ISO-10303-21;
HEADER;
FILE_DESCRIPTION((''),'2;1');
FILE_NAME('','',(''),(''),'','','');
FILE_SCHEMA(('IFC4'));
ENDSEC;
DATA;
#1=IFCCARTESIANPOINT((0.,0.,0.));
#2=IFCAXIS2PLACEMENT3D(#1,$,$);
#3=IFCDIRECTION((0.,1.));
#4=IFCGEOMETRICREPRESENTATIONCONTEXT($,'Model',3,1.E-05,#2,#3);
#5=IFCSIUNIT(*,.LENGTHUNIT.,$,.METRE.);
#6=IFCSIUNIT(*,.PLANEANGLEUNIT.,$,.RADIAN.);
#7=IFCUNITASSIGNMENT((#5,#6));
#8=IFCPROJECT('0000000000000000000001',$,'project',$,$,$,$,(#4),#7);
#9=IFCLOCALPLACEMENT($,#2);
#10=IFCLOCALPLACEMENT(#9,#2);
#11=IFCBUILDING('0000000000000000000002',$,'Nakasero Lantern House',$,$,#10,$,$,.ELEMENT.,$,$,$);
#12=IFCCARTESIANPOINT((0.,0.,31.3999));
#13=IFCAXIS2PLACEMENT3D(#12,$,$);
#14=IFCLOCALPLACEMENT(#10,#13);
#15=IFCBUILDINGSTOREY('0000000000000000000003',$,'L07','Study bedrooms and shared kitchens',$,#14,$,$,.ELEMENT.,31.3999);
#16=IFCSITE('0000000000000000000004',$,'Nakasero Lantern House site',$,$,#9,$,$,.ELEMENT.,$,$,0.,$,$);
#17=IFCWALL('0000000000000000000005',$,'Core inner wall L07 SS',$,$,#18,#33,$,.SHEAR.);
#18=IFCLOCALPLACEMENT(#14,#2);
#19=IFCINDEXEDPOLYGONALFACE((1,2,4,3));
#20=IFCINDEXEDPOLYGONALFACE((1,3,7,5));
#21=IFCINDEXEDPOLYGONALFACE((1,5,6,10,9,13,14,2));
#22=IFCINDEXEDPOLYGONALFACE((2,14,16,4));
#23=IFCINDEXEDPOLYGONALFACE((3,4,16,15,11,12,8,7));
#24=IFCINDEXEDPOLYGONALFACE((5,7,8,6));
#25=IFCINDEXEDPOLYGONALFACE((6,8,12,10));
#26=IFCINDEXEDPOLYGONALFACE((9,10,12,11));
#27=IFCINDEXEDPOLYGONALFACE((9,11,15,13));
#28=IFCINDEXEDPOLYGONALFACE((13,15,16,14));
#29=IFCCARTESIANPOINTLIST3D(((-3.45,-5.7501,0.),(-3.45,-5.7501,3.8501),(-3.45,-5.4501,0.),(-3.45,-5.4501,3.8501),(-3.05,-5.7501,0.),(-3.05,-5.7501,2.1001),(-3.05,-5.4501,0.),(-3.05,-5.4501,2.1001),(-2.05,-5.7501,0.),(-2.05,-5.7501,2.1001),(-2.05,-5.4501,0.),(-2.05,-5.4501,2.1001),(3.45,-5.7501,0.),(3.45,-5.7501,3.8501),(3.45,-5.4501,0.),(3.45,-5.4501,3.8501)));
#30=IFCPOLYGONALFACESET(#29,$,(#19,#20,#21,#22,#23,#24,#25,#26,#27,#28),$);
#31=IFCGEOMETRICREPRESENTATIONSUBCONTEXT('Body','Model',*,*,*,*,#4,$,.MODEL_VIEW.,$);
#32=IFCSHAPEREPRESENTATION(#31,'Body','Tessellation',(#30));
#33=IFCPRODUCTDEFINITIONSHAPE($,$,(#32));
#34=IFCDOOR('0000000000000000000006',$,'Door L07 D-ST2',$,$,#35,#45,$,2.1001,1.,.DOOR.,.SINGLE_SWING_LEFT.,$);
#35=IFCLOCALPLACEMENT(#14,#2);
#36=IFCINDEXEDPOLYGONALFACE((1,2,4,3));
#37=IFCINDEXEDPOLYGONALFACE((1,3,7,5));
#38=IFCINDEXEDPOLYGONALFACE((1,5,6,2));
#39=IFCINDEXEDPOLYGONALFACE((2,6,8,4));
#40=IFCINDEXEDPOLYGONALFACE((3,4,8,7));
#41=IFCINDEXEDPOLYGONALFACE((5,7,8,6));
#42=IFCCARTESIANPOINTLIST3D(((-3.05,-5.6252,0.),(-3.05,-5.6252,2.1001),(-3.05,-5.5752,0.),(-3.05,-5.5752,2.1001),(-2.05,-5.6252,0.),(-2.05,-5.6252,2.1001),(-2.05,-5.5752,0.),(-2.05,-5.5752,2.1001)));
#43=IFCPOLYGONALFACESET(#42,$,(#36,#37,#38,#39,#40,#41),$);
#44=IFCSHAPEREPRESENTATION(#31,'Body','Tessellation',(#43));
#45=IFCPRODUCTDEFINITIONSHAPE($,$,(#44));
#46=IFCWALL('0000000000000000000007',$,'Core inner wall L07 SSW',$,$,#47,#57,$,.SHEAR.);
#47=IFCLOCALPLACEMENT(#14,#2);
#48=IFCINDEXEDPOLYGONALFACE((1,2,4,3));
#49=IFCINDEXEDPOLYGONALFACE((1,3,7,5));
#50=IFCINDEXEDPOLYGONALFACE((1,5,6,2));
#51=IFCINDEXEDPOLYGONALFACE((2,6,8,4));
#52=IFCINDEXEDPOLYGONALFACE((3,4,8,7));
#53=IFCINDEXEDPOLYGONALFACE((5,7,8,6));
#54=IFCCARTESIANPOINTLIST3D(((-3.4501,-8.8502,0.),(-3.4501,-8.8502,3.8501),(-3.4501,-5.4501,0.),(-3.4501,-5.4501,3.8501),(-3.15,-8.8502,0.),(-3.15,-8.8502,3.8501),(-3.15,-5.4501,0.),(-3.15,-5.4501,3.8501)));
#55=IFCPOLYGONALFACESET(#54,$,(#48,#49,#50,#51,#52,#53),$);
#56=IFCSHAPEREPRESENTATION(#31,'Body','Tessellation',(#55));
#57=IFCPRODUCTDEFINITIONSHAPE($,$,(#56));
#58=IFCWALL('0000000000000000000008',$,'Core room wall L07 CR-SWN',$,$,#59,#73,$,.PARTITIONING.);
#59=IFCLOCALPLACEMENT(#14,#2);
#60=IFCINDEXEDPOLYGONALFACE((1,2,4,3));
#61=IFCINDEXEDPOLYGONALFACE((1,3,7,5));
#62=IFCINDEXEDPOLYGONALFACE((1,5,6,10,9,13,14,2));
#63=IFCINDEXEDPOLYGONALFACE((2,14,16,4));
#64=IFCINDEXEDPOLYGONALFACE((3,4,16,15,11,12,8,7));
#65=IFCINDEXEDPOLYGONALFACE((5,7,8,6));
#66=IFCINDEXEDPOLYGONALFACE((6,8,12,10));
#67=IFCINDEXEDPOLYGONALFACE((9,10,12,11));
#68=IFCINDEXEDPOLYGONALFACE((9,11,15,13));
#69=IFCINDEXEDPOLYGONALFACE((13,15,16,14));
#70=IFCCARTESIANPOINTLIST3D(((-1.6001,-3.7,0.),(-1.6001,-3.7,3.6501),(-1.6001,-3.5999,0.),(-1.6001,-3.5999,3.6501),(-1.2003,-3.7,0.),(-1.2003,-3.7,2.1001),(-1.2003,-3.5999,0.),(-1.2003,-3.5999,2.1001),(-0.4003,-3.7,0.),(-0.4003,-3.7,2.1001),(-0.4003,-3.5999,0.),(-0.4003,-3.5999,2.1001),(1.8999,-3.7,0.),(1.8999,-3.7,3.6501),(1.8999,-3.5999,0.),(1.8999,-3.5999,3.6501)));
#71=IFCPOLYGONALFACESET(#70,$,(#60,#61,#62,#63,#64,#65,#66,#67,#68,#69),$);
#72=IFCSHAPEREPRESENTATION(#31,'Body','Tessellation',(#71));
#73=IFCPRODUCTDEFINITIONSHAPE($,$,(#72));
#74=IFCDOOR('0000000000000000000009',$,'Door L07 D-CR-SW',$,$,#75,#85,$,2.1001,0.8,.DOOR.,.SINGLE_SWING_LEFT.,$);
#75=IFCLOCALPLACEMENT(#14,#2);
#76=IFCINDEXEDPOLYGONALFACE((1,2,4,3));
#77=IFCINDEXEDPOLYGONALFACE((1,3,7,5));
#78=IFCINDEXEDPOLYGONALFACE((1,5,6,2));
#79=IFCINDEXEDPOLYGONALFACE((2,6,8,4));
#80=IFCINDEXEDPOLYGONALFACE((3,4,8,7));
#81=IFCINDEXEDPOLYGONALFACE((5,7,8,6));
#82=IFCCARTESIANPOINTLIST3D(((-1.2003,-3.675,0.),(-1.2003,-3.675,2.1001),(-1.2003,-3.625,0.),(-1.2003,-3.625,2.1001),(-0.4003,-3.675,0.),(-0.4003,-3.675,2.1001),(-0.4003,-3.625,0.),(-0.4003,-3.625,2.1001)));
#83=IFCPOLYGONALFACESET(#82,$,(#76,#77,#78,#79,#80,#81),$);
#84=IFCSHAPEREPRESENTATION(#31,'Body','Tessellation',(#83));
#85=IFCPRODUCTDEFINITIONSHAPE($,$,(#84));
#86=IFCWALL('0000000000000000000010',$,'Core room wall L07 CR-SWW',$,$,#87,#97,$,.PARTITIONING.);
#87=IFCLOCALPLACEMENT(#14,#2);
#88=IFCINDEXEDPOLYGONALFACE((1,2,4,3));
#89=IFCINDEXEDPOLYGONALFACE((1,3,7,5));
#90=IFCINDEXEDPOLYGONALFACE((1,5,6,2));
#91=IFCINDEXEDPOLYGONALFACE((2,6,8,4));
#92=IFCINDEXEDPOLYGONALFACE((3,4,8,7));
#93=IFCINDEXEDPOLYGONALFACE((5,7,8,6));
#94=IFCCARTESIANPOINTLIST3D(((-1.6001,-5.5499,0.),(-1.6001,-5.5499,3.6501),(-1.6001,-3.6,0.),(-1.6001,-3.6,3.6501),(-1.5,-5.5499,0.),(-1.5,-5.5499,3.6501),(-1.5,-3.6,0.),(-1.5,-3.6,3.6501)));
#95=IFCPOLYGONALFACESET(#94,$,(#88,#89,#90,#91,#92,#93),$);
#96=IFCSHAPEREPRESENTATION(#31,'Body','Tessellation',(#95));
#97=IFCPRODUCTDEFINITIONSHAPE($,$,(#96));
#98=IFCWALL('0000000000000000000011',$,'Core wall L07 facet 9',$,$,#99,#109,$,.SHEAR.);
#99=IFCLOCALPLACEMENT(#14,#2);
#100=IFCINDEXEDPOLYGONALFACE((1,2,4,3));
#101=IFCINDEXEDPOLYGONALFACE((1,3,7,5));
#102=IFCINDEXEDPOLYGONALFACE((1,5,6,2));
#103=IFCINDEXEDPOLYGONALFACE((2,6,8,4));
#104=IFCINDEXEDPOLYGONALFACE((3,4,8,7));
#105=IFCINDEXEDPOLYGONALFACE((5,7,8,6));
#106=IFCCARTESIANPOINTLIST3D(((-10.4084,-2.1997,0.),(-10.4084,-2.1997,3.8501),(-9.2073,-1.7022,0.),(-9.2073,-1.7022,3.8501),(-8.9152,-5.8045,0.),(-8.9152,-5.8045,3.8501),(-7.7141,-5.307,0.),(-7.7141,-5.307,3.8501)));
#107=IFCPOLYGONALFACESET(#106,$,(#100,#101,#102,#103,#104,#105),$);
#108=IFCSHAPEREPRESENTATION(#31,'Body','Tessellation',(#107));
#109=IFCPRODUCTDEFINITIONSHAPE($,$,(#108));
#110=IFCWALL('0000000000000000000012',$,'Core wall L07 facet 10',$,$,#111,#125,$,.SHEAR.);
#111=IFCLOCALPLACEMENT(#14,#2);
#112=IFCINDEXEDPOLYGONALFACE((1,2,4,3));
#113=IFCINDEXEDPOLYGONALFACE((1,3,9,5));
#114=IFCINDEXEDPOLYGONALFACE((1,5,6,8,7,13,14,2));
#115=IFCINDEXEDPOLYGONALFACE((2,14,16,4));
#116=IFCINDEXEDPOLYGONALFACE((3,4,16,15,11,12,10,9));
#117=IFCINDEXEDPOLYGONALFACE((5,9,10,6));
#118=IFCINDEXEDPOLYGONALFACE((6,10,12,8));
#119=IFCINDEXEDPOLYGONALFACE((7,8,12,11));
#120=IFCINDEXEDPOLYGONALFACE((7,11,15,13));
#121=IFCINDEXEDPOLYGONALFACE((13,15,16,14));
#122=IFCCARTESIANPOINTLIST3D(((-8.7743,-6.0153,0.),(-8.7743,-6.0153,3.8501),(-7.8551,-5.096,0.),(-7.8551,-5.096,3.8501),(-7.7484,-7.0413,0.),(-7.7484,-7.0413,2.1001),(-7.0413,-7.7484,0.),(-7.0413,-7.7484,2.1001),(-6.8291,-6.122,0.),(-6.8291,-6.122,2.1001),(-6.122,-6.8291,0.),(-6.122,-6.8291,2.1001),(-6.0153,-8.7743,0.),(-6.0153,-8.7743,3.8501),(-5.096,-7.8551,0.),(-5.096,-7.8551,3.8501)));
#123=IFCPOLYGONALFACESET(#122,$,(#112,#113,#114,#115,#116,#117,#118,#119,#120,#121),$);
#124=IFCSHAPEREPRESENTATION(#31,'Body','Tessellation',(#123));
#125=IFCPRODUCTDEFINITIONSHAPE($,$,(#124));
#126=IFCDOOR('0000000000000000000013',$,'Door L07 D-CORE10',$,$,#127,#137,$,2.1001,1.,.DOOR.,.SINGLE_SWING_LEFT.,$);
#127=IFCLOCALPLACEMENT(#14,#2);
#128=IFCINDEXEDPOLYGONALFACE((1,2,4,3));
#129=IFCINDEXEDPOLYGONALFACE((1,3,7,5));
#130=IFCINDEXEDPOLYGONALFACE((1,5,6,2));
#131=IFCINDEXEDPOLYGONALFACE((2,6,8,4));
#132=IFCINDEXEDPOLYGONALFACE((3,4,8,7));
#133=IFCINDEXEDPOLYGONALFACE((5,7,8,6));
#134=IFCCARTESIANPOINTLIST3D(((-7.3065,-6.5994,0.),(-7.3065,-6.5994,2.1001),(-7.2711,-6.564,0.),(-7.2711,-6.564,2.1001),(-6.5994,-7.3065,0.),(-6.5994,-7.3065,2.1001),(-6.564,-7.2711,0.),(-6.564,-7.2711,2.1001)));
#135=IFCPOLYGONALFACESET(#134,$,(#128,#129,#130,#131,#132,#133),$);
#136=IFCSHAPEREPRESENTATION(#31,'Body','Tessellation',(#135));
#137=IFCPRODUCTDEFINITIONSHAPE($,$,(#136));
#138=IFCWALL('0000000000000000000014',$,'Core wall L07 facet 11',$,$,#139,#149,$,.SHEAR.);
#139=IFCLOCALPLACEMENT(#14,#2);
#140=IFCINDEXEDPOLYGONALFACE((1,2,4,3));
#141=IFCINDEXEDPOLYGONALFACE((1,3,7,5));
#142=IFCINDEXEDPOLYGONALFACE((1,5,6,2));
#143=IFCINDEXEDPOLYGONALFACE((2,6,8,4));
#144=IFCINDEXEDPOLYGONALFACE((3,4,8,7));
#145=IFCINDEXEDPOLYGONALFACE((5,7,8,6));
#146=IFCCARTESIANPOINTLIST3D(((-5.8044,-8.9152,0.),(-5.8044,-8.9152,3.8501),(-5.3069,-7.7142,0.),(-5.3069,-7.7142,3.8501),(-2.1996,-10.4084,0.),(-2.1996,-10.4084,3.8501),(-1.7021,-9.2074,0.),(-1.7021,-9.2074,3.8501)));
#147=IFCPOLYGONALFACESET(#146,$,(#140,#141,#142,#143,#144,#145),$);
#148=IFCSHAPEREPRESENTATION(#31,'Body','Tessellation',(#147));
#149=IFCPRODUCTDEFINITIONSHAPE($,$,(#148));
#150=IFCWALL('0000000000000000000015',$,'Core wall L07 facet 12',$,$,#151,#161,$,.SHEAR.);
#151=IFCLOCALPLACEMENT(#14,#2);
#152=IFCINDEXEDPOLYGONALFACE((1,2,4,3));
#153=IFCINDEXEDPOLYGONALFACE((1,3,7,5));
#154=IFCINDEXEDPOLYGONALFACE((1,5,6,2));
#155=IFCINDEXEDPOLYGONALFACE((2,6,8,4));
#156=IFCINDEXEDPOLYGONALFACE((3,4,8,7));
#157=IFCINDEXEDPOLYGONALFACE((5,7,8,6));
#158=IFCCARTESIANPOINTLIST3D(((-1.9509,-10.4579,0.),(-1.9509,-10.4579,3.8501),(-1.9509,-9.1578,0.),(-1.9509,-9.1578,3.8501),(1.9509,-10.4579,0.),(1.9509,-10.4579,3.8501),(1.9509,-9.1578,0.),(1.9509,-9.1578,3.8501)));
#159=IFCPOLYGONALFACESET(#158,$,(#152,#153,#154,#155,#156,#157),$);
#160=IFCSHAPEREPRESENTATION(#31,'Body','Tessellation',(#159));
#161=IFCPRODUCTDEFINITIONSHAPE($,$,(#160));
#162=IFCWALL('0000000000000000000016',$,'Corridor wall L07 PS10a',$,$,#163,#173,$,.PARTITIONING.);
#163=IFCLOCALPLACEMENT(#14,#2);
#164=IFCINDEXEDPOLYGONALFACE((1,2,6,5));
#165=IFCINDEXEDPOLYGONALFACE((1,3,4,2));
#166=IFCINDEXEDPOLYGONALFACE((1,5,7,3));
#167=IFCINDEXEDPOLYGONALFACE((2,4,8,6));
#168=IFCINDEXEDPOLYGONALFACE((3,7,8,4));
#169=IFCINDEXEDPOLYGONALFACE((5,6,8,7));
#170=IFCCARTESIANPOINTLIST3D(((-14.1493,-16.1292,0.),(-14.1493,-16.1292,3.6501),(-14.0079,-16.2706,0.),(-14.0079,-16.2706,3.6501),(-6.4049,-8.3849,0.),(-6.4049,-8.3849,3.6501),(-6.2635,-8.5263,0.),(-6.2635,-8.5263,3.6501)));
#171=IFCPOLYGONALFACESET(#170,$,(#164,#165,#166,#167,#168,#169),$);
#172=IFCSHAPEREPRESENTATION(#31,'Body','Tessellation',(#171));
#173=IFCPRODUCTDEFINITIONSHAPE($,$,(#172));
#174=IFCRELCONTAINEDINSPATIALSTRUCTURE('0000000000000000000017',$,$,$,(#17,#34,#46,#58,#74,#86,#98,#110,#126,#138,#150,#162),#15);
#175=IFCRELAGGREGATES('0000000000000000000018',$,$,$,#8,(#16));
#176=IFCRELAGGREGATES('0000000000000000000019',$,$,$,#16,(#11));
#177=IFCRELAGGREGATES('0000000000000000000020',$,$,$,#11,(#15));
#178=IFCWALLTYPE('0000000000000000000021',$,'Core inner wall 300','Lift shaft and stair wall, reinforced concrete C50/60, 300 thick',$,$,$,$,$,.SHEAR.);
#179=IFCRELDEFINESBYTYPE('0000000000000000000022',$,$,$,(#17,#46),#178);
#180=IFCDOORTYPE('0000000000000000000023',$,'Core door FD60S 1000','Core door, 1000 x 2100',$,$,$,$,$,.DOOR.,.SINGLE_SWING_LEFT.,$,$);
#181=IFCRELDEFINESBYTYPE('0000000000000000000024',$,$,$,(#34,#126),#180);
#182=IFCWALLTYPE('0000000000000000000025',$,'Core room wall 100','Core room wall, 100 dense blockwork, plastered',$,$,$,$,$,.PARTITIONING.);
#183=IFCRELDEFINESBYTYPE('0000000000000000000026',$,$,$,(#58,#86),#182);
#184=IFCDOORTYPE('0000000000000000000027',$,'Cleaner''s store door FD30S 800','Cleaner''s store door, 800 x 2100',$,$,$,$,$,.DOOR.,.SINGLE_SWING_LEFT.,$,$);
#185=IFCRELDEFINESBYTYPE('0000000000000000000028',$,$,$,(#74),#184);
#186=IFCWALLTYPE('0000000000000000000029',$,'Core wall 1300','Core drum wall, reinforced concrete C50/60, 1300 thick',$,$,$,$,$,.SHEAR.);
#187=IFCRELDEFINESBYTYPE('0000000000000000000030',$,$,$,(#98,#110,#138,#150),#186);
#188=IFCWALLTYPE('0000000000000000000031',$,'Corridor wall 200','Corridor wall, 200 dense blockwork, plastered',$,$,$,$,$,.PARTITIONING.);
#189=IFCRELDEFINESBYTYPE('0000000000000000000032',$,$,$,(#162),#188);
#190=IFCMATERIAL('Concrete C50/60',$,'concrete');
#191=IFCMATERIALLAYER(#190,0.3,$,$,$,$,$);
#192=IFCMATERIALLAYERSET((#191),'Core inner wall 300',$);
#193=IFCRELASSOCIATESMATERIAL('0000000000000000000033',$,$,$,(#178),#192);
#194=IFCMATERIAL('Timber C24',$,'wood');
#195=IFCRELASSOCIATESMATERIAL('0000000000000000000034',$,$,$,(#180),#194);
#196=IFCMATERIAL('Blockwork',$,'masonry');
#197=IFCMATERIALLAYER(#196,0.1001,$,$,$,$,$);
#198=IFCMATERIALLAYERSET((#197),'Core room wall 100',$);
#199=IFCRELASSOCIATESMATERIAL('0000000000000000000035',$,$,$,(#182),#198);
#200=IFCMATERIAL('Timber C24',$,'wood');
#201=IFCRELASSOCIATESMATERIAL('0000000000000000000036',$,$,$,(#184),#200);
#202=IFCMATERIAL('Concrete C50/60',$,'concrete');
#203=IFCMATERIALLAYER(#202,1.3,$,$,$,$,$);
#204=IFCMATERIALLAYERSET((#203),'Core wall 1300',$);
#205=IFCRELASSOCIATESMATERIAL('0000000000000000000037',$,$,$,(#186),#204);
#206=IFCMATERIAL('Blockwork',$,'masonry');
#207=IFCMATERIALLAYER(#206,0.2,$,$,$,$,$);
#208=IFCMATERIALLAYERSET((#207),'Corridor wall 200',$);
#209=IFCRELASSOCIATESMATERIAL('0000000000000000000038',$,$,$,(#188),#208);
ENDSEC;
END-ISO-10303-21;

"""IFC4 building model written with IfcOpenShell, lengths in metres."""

from ifc_helpers import new_model, si_unit, direction, frame, frame_2d, origin, place, context, subcontext, project, spatial, rectangle, extrude, material, layer, layer_set, type_object, element, fill, save


model = new_model("IFC4")

# Units and contexts
model_context = context("Model", 3, precision=1e-05, world=origin(), true_north=direction((0.0, 1.0)))
body_context = subcontext(model_context, "Body", "Model", "MODEL_VIEW")
ifc_project = project(units=[si_unit("LENGTHUNIT", "METRE"), si_unit("PLANEANGLEUNIT", "RADIAN")], contexts=[model_context])

# Site, building, storey
site_placement = place(None, origin())
site = spatial("IfcSite", under=ifc_project, at=site_placement, Name="Nakasero Lantern House site", CompositionType="ELEMENT", RefElevation=0.0)
building_placement = place(site_placement, origin())
building = spatial("IfcBuilding", under=site, at=building_placement, Name="Nakasero Lantern House", CompositionType="ELEMENT")
storey_placement = place(building_placement, frame((0.0, 0.0, 31.3999)))
storey = spatial("IfcBuildingStorey", under=building, at=storey_placement, Name="L07", Description="Study bedrooms and shared kitchens", CompositionType="ELEMENT", Elevation=31.3999)

# Shared definitions
ifc_material_1 = material(Name="Concrete C50/60", Category="concrete")
ifc_layer_1 = layer(ifc_material_1, 0.3)
ifc_layer_set_1 = layer_set([ifc_layer_1], Name="Core inner wall 300")
wall_type_1 = type_object("IfcWallType", Name="Core inner wall 300", Description="Lift shaft and stair wall, reinforced concrete C50/60, 300 thick", PredefinedType="SHEAR", material=ifc_layer_set_1)

# Wall, opening, door
wall_1_placement = place(storey_placement, frame((-3.45, -5.6001, 0.0), z_axis=(0.0, 0.0, 1.0), x_axis=(1.0, 0.0, 0.0)))
wall_1 = element("IfcWall", 1, at=wall_1_placement, inside=storey, type_object=wall_type_1, Name="Core inner wall L07 SS", PredefinedType="SHEAR", context=body_context, shape_type="SweptSolid", body=[
    extrude(rectangle(XDim=6.8999, YDim=0.3, at=frame_2d((3.45, 0.0))), origin(), (0.0, 0.0, 1.0), 3.8501),
])
opening_1_placement = place(wall_1_placement, frame((0.3999, 0.0, 0.0)))
opening_1 = element("IfcOpeningElement", 2, at=opening_1_placement, cuts=wall_1, PredefinedType="OPENING", context=body_context, shape_type="SweptSolid", body=[
    extrude(rectangle(XDim=1.0, YDim=2.1001, at=frame_2d((0.5, 1.05))), frame((0.0, 0.1699, 0.0), z_axis=(0.0, -1.0, 0.0), x_axis=(1.0, 0.0, 0.0)), (0.0, 0.0, 1.0), 0.3401),
])
ifc_material_2 = material(Name="Timber C24", Category="wood")
door_type_1 = type_object("IfcDoorType", Name="Core door FD60S 1000", Description="Core door, 1000 x 2100", OperationType="SINGLE_SWING_LEFT", PredefinedType="DOOR", material=ifc_material_2)
door_1_placement = place(opening_1_placement, origin())
door_1 = element("IfcDoor", 3, at=door_1_placement, inside=storey, type_object=door_type_1, Name="Door L07 D-ST2", OperationType="SINGLE_SWING_LEFT", OverallHeight=2.1001, OverallWidth=1.0, PredefinedType="DOOR", context=body_context, shape_type="SweptSolid", body=[
    extrude(rectangle(XDim=1.0, YDim=2.1001, at=frame_2d((0.5, 1.05))), frame((0.0, 0.0249, 0.0), z_axis=(0.0, -1.0, 0.0), x_axis=(1.0, 0.0, 0.0)), (0.0, 0.0, 1.0), 0.05),
])
fill(opening_1, door_1)

# Wall
wall_2_placement = place(storey_placement, frame((-3.3, -5.45, 0.0), z_axis=(0.0, 0.0, 1.0), x_axis=(0.0, -1.0, 0.0)))
element("IfcWall", 4, at=wall_2_placement, inside=storey, type_object=wall_type_1, Name="Core inner wall L07 SSW", PredefinedType="SHEAR", context=body_context, shape_type="SweptSolid", body=[
    extrude(rectangle(XDim=3.4001, YDim=0.3, at=frame_2d((1.7002, 0.0))), origin(), (0.0, 0.0, 1.0), 3.8501),
])

# Wall, opening, door
ifc_material_3 = material(Name="Blockwork", Category="masonry")
ifc_layer_2 = layer(ifc_material_3, 0.1001)
ifc_layer_set_2 = layer_set([ifc_layer_2], Name="Core room wall 100")
wall_type_2 = type_object("IfcWallType", Name="Core room wall 100", Description="Core room wall, 100 dense blockwork, plastered", PredefinedType="PARTITIONING", material=ifc_layer_set_2)
wall_3_placement = place(storey_placement, frame((-1.6001, -3.6499, 0.0), z_axis=(0.0, 0.0, 1.0), x_axis=(1.0, 0.0, 0.0)))
wall_3 = element("IfcWall", 5, at=wall_3_placement, inside=storey, type_object=wall_type_2, Name="Core room wall L07 CR-SWN", PredefinedType="PARTITIONING", context=body_context, shape_type="SweptSolid", body=[
    extrude(rectangle(XDim=3.5, YDim=0.1001, at=frame_2d((1.75, 0.0))), origin(), (0.0, 0.0, 1.0), 3.6501),
])
opening_2_placement = place(wall_3_placement, frame((0.3999, 0.0, 0.0)))
opening_2 = element("IfcOpeningElement", 6, at=opening_2_placement, cuts=wall_3, PredefinedType="OPENING", context=body_context, shape_type="SweptSolid", body=[
    extrude(rectangle(XDim=0.8, YDim=2.1001, at=frame_2d((0.3999, 1.05))), frame((0.0, 0.0701, 0.0), z_axis=(0.0, -1.0, 0.0), x_axis=(1.0, 0.0, 0.0)), (0.0, 0.0, 1.0), 0.1401),
])
ifc_material_4 = material(Name="Timber C24", Category="wood")
door_type_2 = type_object("IfcDoorType", Name="Cleaner's store door FD30S 800", Description="Cleaner's store door, 800 x 2100", OperationType="SINGLE_SWING_LEFT", PredefinedType="DOOR", material=ifc_material_4)
door_2_placement = place(opening_2_placement, origin())
door_2 = element("IfcDoor", 7, at=door_2_placement, inside=storey, type_object=door_type_2, Name="Door L07 D-CR-SW", OperationType="SINGLE_SWING_LEFT", OverallHeight=2.1001, OverallWidth=0.8, PredefinedType="DOOR", context=body_context, shape_type="SweptSolid", body=[
    extrude(rectangle(XDim=0.8, YDim=2.1001, at=frame_2d((0.3999, 1.05))), frame((0.0, 0.0249, 0.0), z_axis=(0.0, -1.0, 0.0), x_axis=(1.0, 0.0, 0.0)), (0.0, 0.0, 1.0), 0.05),
])
fill(opening_2, door_2)

# Walls
wall_4_placement = place(storey_placement, frame((-1.55, -5.55, 0.0), z_axis=(0.0, 0.0, 1.0), x_axis=(0.0, 1.0, 0.0)))
element("IfcWall", 8, at=wall_4_placement, inside=storey, type_object=wall_type_2, Name="Core room wall L07 CR-SWW", PredefinedType="PARTITIONING", context=body_context, shape_type="SweptSolid", body=[
    extrude(rectangle(XDim=1.95, YDim=0.1001, at=frame_2d((0.9751, 0.0))), origin(), (0.0, 0.0, 1.0), 3.6501),
])
ifc_material_5 = material(Name="Concrete C50/60", Category="concrete")
ifc_layer_3 = layer(ifc_material_5, 1.3)
ifc_layer_set_3 = layer_set([ifc_layer_3], Name="Core wall 1300")
wall_type_3 = type_object("IfcWallType", Name="Core wall 1300", Description="Core drum wall, reinforced concrete C50/60, 1300 thick", PredefinedType="SHEAR", material=ifc_layer_set_3)
wall_5_placement = place(storey_placement, frame((-9.8079, -1.9509, 0.0), z_axis=(0.0, 0.0, 1.0), x_axis=(0.382691, -0.923877, 0.0)))
element("IfcWall", 9, at=wall_5_placement, inside=storey, type_object=wall_type_3, Name="Core wall L07 facet 9", PredefinedType="SHEAR", context=body_context, shape_type="SweptSolid", body=[
    extrude(rectangle(XDim=3.9019, YDim=1.3, at=frame_2d((1.9509, 0.0))), origin(), (0.0, 0.0, 1.0), 3.8501),
])

# Wall, opening, door
wall_6_placement = place(storey_placement, frame((-8.3147, -5.5557, 0.0), z_axis=(0.0, 0.0, 1.0), x_axis=(0.707107, -0.707107, 0.0)))
wall_6 = element("IfcWall", 10, at=wall_6_placement, inside=storey, type_object=wall_type_3, Name="Core wall L07 facet 10", PredefinedType="SHEAR", context=body_context, shape_type="SweptSolid", body=[
    extrude(rectangle(XDim=3.9019, YDim=1.3, at=frame_2d((1.9509, 0.0))), origin(), (0.0, 0.0, 1.0), 3.8501),
])
opening_3_placement = place(wall_6_placement, frame((1.4509, 0.0, 0.0)))
opening_3 = element("IfcOpeningElement", 11, at=opening_3_placement, cuts=wall_6, PredefinedType="OPENING", context=body_context, shape_type="SweptSolid", body=[
    extrude(rectangle(XDim=1.0, YDim=2.1001, at=frame_2d((0.5, 1.05))), frame((0.0, 0.6699, 0.0), z_axis=(0.0, -1.0, 0.0), x_axis=(1.0, 0.0, 0.0)), (0.0, 0.0, 1.0), 1.3401),
])
door_3_placement = place(opening_3_placement, origin())
door_3 = element("IfcDoor", 12, at=door_3_placement, inside=storey, type_object=door_type_1, Name="Door L07 D-CORE10", OperationType="SINGLE_SWING_LEFT", OverallHeight=2.1001, OverallWidth=1.0, PredefinedType="DOOR", context=body_context, shape_type="SweptSolid", body=[
    extrude(rectangle(XDim=1.0, YDim=2.1001, at=frame_2d((0.5, 1.05))), frame((0.0, 0.0249, 0.0), z_axis=(0.0, -1.0, 0.0), x_axis=(1.0, 0.0, 0.0)), (0.0, 0.0, 1.0), 0.05),
])
fill(opening_3, door_3)

# Walls
for number, where, z_axis, x_axis, name in (
    (13, (-5.5557, -8.3147, 0.0), (0.0, 0.0, 1.0), (0.923877, -0.382691, 0.0), "Core wall L07 facet 11"),
    (14, (-1.9509, -9.8079, 0.0), (0.0, 0.0, 1.0), (1.0, 0.0, 0.0), "Core wall L07 facet 12"),
):
    element("IfcWall", number, at=place(storey_placement, frame(where, z_axis=z_axis, x_axis=x_axis)), inside=storey, type_object=wall_type_3, Name=name, PredefinedType="SHEAR", context=body_context, shape_type="SweptSolid", body=[
        extrude(rectangle(XDim=3.9019, YDim=1.3, at=frame_2d((1.9509, 0.0))), origin(), (0.0, 0.0, 1.0), 3.8501),
    ])
ifc_material_6 = material(Name="Blockwork", Category="masonry")
ifc_layer_4 = layer(ifc_material_6, 0.2)
ifc_layer_set_4 = layer_set([ifc_layer_4], Name="Corridor wall 200")
wall_type_4 = type_object("IfcWallType", Name="Corridor wall 200", Description="Corridor wall, 200 dense blockwork, plastered", PredefinedType="PARTITIONING", material=ifc_layer_set_4)
for number, where, z_axis, x_axis, name in (
    (15, (-6.3342, -8.4556, 0.0), (0.0, 0.0, 1.0), (-0.707107, -0.707107, 0.0), "Corridor wall L07 PS10a"),
):
    element("IfcWall", number, at=place(storey_placement, frame(where, z_axis=z_axis, x_axis=x_axis)), inside=storey, type_object=wall_type_4, Name=name, PredefinedType="PARTITIONING", context=body_context, shape_type="SweptSolid", body=[
        extrude(rectangle(XDim=10.9521, YDim=0.2, at=frame_2d((5.4761, 0.0))), origin(), (0.0, 0.0, 1.0), 3.6501),
    ])

save(model, "model.ifc")
